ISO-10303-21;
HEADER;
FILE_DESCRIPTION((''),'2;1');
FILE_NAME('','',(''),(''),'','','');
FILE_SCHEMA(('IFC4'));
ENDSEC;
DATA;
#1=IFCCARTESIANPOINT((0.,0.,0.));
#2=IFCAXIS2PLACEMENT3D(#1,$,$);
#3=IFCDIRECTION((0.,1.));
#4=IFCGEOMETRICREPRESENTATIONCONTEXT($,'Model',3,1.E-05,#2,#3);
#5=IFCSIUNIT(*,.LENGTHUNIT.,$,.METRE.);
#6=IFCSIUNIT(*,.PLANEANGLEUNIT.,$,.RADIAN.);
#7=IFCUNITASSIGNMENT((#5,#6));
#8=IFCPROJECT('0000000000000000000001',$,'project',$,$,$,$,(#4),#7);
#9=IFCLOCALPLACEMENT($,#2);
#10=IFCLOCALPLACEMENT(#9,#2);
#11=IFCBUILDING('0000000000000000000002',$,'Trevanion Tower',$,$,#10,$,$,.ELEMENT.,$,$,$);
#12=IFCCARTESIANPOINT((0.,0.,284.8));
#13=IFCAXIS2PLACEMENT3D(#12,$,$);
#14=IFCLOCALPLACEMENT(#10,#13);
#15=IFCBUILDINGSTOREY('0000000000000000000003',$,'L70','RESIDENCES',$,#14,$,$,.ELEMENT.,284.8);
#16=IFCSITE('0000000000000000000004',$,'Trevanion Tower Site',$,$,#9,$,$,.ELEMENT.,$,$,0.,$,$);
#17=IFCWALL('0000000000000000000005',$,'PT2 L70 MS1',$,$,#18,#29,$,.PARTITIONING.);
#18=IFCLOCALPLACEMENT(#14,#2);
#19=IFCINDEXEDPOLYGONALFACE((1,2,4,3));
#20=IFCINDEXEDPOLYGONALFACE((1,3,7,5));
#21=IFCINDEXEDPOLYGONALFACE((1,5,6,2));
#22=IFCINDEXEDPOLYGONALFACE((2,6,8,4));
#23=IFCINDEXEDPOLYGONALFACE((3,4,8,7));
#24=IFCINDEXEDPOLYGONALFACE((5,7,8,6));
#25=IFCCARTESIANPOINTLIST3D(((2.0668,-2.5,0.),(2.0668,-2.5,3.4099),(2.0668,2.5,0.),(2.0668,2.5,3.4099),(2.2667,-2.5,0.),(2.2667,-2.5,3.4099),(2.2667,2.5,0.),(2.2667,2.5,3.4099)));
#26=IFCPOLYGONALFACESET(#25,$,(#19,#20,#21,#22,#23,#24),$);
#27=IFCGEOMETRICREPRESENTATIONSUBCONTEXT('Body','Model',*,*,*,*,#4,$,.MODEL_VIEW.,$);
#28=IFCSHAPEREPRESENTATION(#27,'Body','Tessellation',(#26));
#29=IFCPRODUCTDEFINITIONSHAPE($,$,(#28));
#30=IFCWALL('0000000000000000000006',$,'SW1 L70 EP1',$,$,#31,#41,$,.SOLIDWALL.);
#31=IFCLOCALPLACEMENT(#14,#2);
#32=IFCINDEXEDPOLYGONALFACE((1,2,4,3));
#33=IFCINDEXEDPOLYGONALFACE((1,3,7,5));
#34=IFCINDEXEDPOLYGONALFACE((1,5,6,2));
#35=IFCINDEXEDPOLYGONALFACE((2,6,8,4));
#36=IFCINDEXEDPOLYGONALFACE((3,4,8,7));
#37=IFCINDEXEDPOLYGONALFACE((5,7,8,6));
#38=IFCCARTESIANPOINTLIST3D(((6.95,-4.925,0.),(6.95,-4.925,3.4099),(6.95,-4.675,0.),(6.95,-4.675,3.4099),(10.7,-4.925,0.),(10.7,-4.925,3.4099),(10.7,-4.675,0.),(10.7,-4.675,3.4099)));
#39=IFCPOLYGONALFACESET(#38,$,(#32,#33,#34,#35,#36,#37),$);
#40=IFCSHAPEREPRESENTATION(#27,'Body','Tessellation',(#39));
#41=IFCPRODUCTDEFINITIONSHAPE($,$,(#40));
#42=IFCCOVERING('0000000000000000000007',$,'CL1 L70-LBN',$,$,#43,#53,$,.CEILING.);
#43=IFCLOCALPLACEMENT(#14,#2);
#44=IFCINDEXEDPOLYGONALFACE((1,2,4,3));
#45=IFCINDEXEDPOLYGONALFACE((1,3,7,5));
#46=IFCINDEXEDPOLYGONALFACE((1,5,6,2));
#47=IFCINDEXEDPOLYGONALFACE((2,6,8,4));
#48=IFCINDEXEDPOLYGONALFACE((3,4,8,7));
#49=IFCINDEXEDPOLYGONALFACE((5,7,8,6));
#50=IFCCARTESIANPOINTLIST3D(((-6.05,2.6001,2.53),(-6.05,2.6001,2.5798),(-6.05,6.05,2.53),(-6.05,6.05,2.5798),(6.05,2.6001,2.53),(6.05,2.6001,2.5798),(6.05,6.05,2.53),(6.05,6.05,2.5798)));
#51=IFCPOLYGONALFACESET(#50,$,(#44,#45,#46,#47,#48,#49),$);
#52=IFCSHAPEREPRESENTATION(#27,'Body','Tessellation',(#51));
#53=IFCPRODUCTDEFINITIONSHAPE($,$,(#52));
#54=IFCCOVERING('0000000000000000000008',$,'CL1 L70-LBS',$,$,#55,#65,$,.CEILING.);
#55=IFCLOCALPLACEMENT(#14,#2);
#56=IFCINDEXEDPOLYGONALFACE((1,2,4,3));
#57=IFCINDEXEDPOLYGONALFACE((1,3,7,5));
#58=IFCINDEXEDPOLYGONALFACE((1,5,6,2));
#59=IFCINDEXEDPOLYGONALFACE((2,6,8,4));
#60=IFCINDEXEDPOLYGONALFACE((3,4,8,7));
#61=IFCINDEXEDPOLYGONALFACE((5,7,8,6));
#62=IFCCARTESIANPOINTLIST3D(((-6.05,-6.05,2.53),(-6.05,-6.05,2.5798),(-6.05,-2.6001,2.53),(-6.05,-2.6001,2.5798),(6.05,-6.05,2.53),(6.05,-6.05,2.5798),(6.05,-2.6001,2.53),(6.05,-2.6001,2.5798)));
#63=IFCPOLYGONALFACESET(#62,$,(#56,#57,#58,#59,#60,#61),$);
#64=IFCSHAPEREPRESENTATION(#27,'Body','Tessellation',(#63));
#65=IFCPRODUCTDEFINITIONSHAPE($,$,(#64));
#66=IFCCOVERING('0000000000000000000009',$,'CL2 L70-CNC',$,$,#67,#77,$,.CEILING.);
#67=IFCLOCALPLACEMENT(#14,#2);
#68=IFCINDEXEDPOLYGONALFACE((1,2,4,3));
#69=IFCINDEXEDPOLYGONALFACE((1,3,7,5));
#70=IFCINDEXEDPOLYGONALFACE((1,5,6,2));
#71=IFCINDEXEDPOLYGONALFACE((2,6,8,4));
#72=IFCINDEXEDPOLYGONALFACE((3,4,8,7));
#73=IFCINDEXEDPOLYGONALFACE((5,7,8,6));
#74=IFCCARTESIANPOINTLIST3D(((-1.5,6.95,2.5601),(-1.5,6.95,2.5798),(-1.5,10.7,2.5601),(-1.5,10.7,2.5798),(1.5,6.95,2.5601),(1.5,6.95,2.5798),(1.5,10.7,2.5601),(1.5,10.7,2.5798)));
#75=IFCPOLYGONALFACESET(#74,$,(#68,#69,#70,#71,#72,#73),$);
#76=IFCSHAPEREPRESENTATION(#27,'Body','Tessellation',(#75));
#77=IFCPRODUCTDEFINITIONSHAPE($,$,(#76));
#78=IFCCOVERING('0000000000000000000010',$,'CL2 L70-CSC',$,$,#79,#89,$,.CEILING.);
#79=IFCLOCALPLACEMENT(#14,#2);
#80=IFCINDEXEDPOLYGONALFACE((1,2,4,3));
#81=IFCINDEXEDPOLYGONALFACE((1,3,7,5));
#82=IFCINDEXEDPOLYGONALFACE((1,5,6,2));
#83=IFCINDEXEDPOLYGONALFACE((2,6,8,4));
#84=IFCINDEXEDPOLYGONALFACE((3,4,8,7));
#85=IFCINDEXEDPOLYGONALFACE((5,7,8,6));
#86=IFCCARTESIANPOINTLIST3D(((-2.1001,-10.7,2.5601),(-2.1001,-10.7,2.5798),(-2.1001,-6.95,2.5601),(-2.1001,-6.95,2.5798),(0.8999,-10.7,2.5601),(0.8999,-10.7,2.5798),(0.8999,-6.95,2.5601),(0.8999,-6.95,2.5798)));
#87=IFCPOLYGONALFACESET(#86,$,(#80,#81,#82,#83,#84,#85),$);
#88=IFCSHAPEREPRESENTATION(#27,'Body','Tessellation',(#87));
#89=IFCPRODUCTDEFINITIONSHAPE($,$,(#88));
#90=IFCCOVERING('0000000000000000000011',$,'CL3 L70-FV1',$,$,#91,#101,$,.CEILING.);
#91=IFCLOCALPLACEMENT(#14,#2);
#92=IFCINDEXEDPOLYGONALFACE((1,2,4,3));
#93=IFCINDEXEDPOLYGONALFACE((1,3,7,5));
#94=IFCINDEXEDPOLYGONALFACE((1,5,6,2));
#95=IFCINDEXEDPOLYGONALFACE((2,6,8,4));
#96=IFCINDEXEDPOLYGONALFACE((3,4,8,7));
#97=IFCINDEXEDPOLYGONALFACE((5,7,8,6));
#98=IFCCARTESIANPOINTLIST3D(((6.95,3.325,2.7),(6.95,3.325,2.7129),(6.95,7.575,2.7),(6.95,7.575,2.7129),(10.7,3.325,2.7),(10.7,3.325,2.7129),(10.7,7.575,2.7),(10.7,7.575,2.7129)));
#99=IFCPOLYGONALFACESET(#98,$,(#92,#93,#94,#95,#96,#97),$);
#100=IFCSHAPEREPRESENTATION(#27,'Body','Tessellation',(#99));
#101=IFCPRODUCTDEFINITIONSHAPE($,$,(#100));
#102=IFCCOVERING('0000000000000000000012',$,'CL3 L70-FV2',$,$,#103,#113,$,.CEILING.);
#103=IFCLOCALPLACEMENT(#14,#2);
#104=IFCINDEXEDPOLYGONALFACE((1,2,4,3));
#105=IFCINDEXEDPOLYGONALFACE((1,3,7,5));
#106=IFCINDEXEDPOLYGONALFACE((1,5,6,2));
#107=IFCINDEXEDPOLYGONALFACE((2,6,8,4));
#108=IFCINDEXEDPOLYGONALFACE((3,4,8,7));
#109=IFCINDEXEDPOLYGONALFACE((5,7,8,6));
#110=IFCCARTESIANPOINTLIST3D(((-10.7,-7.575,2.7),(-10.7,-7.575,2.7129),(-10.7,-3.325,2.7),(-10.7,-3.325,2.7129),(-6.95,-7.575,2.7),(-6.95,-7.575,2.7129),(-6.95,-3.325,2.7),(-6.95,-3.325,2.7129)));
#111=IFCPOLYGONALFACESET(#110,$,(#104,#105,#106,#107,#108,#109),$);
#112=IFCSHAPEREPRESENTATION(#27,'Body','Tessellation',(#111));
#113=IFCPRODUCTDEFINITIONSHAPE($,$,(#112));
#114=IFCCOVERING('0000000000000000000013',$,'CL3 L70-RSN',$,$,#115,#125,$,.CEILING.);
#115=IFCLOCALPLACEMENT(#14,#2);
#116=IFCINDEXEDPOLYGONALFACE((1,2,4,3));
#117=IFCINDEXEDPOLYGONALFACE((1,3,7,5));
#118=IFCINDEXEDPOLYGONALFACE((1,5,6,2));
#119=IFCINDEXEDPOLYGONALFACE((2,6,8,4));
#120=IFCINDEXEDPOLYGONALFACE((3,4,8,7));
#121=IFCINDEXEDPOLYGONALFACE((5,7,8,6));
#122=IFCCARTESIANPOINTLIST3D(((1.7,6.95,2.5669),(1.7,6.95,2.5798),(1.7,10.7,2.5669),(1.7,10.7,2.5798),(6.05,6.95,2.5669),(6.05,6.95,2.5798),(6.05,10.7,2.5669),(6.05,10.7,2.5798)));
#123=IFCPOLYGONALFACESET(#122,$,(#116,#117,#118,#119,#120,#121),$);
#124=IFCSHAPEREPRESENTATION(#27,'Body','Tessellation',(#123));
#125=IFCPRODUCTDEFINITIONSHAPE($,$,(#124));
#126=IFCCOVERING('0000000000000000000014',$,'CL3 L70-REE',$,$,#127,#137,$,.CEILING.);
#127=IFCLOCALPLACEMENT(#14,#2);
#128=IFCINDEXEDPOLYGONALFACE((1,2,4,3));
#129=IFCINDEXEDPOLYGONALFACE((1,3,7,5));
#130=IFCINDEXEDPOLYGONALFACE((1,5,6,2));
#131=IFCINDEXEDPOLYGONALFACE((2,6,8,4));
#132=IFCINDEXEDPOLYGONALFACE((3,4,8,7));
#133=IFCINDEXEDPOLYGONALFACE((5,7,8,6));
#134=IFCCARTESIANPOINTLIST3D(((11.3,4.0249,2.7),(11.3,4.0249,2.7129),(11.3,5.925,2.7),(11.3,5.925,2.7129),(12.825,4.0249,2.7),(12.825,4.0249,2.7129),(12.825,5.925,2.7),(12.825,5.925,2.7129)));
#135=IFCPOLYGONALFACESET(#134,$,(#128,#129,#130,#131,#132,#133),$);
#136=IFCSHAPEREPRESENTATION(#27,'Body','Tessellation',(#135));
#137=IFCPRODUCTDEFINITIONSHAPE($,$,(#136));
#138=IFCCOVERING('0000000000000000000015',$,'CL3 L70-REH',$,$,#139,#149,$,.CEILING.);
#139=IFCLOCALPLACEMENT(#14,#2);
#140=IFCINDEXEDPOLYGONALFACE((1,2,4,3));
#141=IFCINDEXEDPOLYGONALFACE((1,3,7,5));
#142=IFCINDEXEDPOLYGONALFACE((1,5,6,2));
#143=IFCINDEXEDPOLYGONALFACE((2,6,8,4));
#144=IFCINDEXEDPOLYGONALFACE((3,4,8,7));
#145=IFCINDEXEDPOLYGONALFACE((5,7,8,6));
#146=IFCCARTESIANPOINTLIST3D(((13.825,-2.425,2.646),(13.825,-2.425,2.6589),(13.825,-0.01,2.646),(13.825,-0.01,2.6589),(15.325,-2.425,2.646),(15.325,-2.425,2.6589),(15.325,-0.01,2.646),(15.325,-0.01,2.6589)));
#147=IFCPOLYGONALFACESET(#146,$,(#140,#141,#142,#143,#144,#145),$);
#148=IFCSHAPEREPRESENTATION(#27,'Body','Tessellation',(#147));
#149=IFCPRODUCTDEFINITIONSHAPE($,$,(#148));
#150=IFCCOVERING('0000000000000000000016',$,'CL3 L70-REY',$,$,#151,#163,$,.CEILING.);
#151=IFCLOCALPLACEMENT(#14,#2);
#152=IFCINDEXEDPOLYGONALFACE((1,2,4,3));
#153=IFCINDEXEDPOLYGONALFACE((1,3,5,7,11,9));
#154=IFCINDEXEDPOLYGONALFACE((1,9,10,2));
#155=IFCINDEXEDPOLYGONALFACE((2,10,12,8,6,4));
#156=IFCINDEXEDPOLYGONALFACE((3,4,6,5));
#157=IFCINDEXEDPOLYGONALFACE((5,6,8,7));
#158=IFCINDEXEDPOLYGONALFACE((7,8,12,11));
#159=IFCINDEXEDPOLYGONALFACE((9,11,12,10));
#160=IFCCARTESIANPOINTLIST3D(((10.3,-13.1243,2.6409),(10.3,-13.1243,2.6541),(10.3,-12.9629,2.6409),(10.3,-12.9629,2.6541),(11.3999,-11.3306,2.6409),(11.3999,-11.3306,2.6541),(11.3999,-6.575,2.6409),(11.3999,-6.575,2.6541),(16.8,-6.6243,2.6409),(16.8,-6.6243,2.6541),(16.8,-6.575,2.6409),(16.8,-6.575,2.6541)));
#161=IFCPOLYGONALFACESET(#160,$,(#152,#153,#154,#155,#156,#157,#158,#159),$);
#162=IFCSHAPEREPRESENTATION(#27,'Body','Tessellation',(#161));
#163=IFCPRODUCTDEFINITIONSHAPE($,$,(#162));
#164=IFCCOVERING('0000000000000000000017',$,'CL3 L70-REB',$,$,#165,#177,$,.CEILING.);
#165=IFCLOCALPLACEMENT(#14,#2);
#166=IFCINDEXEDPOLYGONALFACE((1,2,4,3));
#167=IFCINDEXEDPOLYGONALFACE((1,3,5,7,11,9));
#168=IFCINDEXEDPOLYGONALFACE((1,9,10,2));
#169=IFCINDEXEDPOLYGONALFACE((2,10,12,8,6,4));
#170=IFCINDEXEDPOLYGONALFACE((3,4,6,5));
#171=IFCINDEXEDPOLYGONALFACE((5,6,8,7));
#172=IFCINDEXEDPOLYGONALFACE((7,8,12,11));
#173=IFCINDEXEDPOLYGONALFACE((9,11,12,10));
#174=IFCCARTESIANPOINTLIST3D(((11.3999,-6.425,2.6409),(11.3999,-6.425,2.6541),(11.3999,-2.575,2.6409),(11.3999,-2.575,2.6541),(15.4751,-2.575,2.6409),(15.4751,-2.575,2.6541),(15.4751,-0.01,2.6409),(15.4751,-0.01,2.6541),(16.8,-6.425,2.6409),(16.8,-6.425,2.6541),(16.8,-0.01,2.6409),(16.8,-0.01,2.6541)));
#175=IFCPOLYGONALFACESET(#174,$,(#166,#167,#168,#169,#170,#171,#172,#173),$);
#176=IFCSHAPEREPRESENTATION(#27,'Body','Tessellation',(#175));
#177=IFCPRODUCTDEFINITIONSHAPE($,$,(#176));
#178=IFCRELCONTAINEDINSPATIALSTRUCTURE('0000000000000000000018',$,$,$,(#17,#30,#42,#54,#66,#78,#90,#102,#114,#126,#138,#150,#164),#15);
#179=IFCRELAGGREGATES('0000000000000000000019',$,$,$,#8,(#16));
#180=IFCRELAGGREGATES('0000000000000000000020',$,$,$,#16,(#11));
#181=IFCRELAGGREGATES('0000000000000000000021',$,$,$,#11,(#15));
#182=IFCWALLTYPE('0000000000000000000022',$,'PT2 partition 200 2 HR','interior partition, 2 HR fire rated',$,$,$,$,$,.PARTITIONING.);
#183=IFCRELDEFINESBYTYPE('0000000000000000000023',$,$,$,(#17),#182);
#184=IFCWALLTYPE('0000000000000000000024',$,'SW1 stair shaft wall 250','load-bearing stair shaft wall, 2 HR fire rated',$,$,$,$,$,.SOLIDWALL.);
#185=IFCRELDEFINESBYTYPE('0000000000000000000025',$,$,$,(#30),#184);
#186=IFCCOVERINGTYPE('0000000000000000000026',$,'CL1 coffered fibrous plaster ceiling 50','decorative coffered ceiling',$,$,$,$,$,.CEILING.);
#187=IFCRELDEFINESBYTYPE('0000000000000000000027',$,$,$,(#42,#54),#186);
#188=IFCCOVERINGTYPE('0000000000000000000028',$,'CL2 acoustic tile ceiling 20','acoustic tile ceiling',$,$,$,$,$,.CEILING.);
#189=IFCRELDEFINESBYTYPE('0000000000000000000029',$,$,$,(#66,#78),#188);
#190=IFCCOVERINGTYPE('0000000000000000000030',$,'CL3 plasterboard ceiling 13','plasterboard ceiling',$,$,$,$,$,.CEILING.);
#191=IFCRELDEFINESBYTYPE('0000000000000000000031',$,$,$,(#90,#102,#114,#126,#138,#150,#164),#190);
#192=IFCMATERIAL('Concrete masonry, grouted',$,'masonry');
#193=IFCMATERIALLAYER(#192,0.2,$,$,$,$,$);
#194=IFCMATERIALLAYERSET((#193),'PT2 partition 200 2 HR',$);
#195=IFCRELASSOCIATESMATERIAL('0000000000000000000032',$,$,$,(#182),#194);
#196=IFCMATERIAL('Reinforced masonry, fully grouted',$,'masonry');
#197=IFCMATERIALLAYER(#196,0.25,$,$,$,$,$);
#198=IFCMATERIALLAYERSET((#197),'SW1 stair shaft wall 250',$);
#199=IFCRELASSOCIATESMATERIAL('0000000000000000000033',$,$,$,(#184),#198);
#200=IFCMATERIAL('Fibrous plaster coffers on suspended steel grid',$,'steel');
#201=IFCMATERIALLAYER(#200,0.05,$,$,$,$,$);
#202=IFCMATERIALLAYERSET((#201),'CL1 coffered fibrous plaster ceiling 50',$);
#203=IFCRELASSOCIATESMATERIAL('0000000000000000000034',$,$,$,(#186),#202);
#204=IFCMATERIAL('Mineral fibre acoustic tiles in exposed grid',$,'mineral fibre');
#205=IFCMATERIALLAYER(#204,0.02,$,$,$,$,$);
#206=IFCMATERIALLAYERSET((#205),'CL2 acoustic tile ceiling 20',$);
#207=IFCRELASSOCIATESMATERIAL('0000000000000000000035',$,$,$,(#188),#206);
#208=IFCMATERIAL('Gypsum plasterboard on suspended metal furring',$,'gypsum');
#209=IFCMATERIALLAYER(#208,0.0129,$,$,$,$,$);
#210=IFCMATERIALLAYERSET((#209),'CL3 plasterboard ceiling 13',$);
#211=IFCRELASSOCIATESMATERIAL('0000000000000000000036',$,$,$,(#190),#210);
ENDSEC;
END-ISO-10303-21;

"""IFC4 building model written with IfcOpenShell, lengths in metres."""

from ifc_helpers import new_model, si_unit, direction, frame, frame_2d, origin, place, context, subcontext, project, spatial, polyline, rectangle, outline, extrude, material, layer, layer_set, type_object, element, save


model = new_model("IFC4")

# Units and contexts
model_context = context("Model", 3, precision=1e-05, world=origin(), true_north=direction((0.0, 1.0)))
body_context = subcontext(model_context, "Body", "Model", "MODEL_VIEW")
ifc_project = project(units=[si_unit("LENGTHUNIT", "METRE"), si_unit("PLANEANGLEUNIT", "RADIAN")], contexts=[model_context])

# Site, building, storey
site_placement = place(None, origin())
site = spatial("IfcSite", under=ifc_project, at=site_placement, Name="Trevanion Tower Site", CompositionType="ELEMENT", RefElevation=0.0)
building_placement = place(site_placement, origin())
building = spatial("IfcBuilding", under=site, at=building_placement, Name="Trevanion Tower", CompositionType="ELEMENT")
storey_placement = place(building_placement, frame((0.0, 0.0, 284.8)))
storey = spatial("IfcBuildingStorey", under=building, at=storey_placement, Name="L70", Description="RESIDENCES", CompositionType="ELEMENT", Elevation=284.8)

# Walls
ifc_material_1 = material(Name="Concrete masonry, grouted", Category="masonry")
ifc_layer_1 = layer(ifc_material_1, 0.2)
ifc_layer_set_1 = layer_set([ifc_layer_1], Name="PT2 partition 200 2 HR")
wall_type_1 = type_object("IfcWallType", Name="PT2 partition 200 2 HR", Description="interior partition, 2 HR fire rated", PredefinedType="PARTITIONING", material=ifc_layer_set_1)
wall_1_placement = place(storey_placement, frame((2.1667, -2.5, 0.0), z_axis=(0.0, 0.0, 1.0), x_axis=(0.0, 1.0, 0.0)))
element("IfcWall", 1, at=wall_1_placement, inside=storey, type_object=wall_type_1, Name="PT2 L70 MS1", PredefinedType="PARTITIONING", context=body_context, shape_type="SweptSolid", body=[
    extrude(rectangle(XDim=5.0, YDim=0.2, at=frame_2d((2.5, 0.0))), origin(), (0.0, 0.0, 1.0), 3.4099),
])
ifc_material_2 = material(Name="Reinforced masonry, fully grouted", Category="masonry")
ifc_layer_2 = layer(ifc_material_2, 0.25)
ifc_layer_set_2 = layer_set([ifc_layer_2], Name="SW1 stair shaft wall 250")
wall_type_2 = type_object("IfcWallType", Name="SW1 stair shaft wall 250", Description="load-bearing stair shaft wall, 2 HR fire rated", PredefinedType="SOLIDWALL", material=ifc_layer_set_2)
wall_2_placement = place(storey_placement, frame((6.95, -4.8, 0.0), z_axis=(0.0, 0.0, 1.0), x_axis=(1.0, 0.0, 0.0)))
element("IfcWall", 2, at=wall_2_placement, inside=storey, type_object=wall_type_2, Name="SW1 L70 EP1", PredefinedType="SOLIDWALL", context=body_context, shape_type="SweptSolid", body=[
    extrude(rectangle(XDim=3.75, YDim=0.25, at=frame_2d((1.875, 0.0))), origin(), (0.0, 0.0, 1.0), 3.4099),
])

# Coverings
ifc_material_3 = material(Name="Fibrous plaster coffers on suspended steel grid", Category="steel")
ifc_layer_3 = layer(ifc_material_3, 0.05)
ifc_layer_set_3 = layer_set([ifc_layer_3], Name="CL1 coffered fibrous plaster ceiling 50")
covering_type_1 = type_object("IfcCoveringType", Name="CL1 coffered fibrous plaster ceiling 50", Description="decorative coffered ceiling", PredefinedType="CEILING", material=ifc_layer_set_3)
covering_1_placement = place(storey_placement, frame((0.0, 0.0, 2.53)))
element("IfcCovering", 3, at=covering_1_placement, inside=storey, type_object=covering_type_1, Name="CL1 L70-LBN", PredefinedType="CEILING", context=body_context, shape_type="SweptSolid", body=[
    extrude(outline(polyline([(6.05, 2.6001), (6.05, 6.05), (-6.05, 6.05), (-6.05, 2.6001), (6.05, 2.6001)])), origin(), (0.0, 0.0, 1.0), 0.0498),
])
covering_2_placement = place(storey_placement, frame((0.0, 0.0, 2.53)))
element("IfcCovering", 4, at=covering_2_placement, inside=storey, type_object=covering_type_1, Name="CL1 L70-LBS", PredefinedType="CEILING", context=body_context, shape_type="SweptSolid", body=[
    extrude(outline(polyline([(6.05, -6.05), (6.05, -2.6001), (-6.05, -2.6001), (-6.05, -6.05), (6.05, -6.05)])), origin(), (0.0, 0.0, 1.0), 0.0498),
])
ifc_material_4 = material(Name="Mineral fibre acoustic tiles in exposed grid", Category="mineral fibre")
ifc_layer_4 = layer(ifc_material_4, 0.02)
ifc_layer_set_4 = layer_set([ifc_layer_4], Name="CL2 acoustic tile ceiling 20")
covering_type_2 = type_object("IfcCoveringType", Name="CL2 acoustic tile ceiling 20", Description="acoustic tile ceiling", PredefinedType="CEILING", material=ifc_layer_set_4)
covering_3_placement = place(storey_placement, frame((0.0, 0.0, 2.5601)))
element("IfcCovering", 5, at=covering_3_placement, inside=storey, type_object=covering_type_2, Name="CL2 L70-CNC", PredefinedType="CEILING", context=body_context, shape_type="SweptSolid", body=[
    extrude(outline(polyline([(1.5, 6.95), (1.5, 10.7), (-1.5, 10.7), (-1.5, 6.95), (1.5, 6.95)])), origin(), (0.0, 0.0, 1.0), 0.0198),
])
covering_4_placement = place(storey_placement, frame((0.0, 0.0, 2.5601)))
element("IfcCovering", 6, at=covering_4_placement, inside=storey, type_object=covering_type_2, Name="CL2 L70-CSC", PredefinedType="CEILING", context=body_context, shape_type="SweptSolid", body=[
    extrude(outline(polyline([(0.8999, -10.7), (0.8999, -6.95), (-2.1001, -6.95), (-2.1001, -10.7), (0.8999, -10.7)])), origin(), (0.0, 0.0, 1.0), 0.0198),
])
ifc_material_5 = material(Name="Gypsum plasterboard on suspended metal furring", Category="gypsum")
ifc_layer_5 = layer(ifc_material_5, 0.0129)
ifc_layer_set_5 = layer_set([ifc_layer_5], Name="CL3 plasterboard ceiling 13")
covering_type_3 = type_object("IfcCoveringType", Name="CL3 plasterboard ceiling 13", Description="plasterboard ceiling", PredefinedType="CEILING", material=ifc_layer_set_5)
covering_5_placement = place(storey_placement, frame((0.0, 0.0, 2.7)))
element("IfcCovering", 7, at=covering_5_placement, inside=storey, type_object=covering_type_3, Name="CL3 L70-FV1", PredefinedType="CEILING", context=body_context, shape_type="SweptSolid", body=[
    extrude(outline(polyline([(10.7, 3.325), (10.7, 7.575), (6.95, 7.575), (6.95, 3.325), (10.7, 3.325)])), origin(), (0.0, 0.0, 1.0), 0.0129),
])
covering_6_placement = place(storey_placement, frame((0.0, 0.0, 2.7)))
element("IfcCovering", 8, at=covering_6_placement, inside=storey, type_object=covering_type_3, Name="CL3 L70-FV2", PredefinedType="CEILING", context=body_context, shape_type="SweptSolid", body=[
    extrude(outline(polyline([(-10.7, -3.325), (-10.7, -7.575), (-6.95, -7.575), (-6.95, -3.325), (-10.7, -3.325)])), origin(), (0.0, 0.0, 1.0), 0.0129),
])
covering_7_placement = place(storey_placement, frame((0.0, 0.0, 2.5669)))
element("IfcCovering", 9, at=covering_7_placement, inside=storey, type_object=covering_type_3, Name="CL3 L70-RSN", PredefinedType="CEILING", context=body_context, shape_type="SweptSolid", body=[
    extrude(outline(polyline([(6.05, 6.95), (6.05, 10.7), (1.7, 10.7), (1.7, 6.95), (6.05, 6.95)])), origin(), (0.0, 0.0, 1.0), 0.0129),
])
covering_8_placement = place(storey_placement, frame((0.0, 0.0, 2.7)))
element("IfcCovering", 10, at=covering_8_placement, inside=storey, type_object=covering_type_3, Name="CL3 L70-REE", PredefinedType="CEILING", context=body_context, shape_type="SweptSolid", body=[
    extrude(outline(polyline([(12.825, 4.0249), (12.825, 5.925), (11.3, 5.925), (11.3, 4.0249), (12.825, 4.0249)])), origin(), (0.0, 0.0, 1.0), 0.0129),
])
covering_9_placement = place(storey_placement, frame((0.0, 0.0, 2.646)))
element("IfcCovering", 11, at=covering_9_placement, inside=storey, type_object=covering_type_3, Name="CL3 L70-REH", PredefinedType="CEILING", context=body_context, shape_type="SweptSolid", body=[
    extrude(outline(polyline([(15.325, -2.425), (15.325, -0.01), (13.825, -0.01), (13.825, -2.425), (15.325, -2.425)])), origin(), (0.0, 0.0, 1.0), 0.0129),
])
covering_10_placement = place(storey_placement, frame((0.0, 0.0, 2.6409)))
element("IfcCovering", 12, at=covering_10_placement, inside=storey, type_object=covering_type_3, Name="CL3 L70-REY", PredefinedType="CEILING", context=body_context, shape_type="SweptSolid", body=[
    extrude(outline(polyline([(10.3, -13.1243), (10.3, -12.9629), (11.3999, -11.3306), (11.3999, -6.575), (16.8, -6.575), (16.8, -6.6243), (10.3, -13.1243)])), origin(), (0.0, 0.0, 1.0), 0.0132),
])
covering_11_placement = place(storey_placement, frame((0.0, 0.0, 2.6409)))
element("IfcCovering", 13, at=covering_11_placement, inside=storey, type_object=covering_type_3, Name="CL3 L70-REB", PredefinedType="CEILING", context=body_context, shape_type="SweptSolid", body=[
    extrude(outline(polyline([(11.3999, -6.425), (11.3999, -2.575), (15.4751, -2.575), (15.4751, -0.01), (16.8, -0.01), (16.8, -6.425), (11.3999, -6.425)])), origin(), (0.0, 0.0, 1.0), 0.0132),
])

save(model, "model.ifc")
